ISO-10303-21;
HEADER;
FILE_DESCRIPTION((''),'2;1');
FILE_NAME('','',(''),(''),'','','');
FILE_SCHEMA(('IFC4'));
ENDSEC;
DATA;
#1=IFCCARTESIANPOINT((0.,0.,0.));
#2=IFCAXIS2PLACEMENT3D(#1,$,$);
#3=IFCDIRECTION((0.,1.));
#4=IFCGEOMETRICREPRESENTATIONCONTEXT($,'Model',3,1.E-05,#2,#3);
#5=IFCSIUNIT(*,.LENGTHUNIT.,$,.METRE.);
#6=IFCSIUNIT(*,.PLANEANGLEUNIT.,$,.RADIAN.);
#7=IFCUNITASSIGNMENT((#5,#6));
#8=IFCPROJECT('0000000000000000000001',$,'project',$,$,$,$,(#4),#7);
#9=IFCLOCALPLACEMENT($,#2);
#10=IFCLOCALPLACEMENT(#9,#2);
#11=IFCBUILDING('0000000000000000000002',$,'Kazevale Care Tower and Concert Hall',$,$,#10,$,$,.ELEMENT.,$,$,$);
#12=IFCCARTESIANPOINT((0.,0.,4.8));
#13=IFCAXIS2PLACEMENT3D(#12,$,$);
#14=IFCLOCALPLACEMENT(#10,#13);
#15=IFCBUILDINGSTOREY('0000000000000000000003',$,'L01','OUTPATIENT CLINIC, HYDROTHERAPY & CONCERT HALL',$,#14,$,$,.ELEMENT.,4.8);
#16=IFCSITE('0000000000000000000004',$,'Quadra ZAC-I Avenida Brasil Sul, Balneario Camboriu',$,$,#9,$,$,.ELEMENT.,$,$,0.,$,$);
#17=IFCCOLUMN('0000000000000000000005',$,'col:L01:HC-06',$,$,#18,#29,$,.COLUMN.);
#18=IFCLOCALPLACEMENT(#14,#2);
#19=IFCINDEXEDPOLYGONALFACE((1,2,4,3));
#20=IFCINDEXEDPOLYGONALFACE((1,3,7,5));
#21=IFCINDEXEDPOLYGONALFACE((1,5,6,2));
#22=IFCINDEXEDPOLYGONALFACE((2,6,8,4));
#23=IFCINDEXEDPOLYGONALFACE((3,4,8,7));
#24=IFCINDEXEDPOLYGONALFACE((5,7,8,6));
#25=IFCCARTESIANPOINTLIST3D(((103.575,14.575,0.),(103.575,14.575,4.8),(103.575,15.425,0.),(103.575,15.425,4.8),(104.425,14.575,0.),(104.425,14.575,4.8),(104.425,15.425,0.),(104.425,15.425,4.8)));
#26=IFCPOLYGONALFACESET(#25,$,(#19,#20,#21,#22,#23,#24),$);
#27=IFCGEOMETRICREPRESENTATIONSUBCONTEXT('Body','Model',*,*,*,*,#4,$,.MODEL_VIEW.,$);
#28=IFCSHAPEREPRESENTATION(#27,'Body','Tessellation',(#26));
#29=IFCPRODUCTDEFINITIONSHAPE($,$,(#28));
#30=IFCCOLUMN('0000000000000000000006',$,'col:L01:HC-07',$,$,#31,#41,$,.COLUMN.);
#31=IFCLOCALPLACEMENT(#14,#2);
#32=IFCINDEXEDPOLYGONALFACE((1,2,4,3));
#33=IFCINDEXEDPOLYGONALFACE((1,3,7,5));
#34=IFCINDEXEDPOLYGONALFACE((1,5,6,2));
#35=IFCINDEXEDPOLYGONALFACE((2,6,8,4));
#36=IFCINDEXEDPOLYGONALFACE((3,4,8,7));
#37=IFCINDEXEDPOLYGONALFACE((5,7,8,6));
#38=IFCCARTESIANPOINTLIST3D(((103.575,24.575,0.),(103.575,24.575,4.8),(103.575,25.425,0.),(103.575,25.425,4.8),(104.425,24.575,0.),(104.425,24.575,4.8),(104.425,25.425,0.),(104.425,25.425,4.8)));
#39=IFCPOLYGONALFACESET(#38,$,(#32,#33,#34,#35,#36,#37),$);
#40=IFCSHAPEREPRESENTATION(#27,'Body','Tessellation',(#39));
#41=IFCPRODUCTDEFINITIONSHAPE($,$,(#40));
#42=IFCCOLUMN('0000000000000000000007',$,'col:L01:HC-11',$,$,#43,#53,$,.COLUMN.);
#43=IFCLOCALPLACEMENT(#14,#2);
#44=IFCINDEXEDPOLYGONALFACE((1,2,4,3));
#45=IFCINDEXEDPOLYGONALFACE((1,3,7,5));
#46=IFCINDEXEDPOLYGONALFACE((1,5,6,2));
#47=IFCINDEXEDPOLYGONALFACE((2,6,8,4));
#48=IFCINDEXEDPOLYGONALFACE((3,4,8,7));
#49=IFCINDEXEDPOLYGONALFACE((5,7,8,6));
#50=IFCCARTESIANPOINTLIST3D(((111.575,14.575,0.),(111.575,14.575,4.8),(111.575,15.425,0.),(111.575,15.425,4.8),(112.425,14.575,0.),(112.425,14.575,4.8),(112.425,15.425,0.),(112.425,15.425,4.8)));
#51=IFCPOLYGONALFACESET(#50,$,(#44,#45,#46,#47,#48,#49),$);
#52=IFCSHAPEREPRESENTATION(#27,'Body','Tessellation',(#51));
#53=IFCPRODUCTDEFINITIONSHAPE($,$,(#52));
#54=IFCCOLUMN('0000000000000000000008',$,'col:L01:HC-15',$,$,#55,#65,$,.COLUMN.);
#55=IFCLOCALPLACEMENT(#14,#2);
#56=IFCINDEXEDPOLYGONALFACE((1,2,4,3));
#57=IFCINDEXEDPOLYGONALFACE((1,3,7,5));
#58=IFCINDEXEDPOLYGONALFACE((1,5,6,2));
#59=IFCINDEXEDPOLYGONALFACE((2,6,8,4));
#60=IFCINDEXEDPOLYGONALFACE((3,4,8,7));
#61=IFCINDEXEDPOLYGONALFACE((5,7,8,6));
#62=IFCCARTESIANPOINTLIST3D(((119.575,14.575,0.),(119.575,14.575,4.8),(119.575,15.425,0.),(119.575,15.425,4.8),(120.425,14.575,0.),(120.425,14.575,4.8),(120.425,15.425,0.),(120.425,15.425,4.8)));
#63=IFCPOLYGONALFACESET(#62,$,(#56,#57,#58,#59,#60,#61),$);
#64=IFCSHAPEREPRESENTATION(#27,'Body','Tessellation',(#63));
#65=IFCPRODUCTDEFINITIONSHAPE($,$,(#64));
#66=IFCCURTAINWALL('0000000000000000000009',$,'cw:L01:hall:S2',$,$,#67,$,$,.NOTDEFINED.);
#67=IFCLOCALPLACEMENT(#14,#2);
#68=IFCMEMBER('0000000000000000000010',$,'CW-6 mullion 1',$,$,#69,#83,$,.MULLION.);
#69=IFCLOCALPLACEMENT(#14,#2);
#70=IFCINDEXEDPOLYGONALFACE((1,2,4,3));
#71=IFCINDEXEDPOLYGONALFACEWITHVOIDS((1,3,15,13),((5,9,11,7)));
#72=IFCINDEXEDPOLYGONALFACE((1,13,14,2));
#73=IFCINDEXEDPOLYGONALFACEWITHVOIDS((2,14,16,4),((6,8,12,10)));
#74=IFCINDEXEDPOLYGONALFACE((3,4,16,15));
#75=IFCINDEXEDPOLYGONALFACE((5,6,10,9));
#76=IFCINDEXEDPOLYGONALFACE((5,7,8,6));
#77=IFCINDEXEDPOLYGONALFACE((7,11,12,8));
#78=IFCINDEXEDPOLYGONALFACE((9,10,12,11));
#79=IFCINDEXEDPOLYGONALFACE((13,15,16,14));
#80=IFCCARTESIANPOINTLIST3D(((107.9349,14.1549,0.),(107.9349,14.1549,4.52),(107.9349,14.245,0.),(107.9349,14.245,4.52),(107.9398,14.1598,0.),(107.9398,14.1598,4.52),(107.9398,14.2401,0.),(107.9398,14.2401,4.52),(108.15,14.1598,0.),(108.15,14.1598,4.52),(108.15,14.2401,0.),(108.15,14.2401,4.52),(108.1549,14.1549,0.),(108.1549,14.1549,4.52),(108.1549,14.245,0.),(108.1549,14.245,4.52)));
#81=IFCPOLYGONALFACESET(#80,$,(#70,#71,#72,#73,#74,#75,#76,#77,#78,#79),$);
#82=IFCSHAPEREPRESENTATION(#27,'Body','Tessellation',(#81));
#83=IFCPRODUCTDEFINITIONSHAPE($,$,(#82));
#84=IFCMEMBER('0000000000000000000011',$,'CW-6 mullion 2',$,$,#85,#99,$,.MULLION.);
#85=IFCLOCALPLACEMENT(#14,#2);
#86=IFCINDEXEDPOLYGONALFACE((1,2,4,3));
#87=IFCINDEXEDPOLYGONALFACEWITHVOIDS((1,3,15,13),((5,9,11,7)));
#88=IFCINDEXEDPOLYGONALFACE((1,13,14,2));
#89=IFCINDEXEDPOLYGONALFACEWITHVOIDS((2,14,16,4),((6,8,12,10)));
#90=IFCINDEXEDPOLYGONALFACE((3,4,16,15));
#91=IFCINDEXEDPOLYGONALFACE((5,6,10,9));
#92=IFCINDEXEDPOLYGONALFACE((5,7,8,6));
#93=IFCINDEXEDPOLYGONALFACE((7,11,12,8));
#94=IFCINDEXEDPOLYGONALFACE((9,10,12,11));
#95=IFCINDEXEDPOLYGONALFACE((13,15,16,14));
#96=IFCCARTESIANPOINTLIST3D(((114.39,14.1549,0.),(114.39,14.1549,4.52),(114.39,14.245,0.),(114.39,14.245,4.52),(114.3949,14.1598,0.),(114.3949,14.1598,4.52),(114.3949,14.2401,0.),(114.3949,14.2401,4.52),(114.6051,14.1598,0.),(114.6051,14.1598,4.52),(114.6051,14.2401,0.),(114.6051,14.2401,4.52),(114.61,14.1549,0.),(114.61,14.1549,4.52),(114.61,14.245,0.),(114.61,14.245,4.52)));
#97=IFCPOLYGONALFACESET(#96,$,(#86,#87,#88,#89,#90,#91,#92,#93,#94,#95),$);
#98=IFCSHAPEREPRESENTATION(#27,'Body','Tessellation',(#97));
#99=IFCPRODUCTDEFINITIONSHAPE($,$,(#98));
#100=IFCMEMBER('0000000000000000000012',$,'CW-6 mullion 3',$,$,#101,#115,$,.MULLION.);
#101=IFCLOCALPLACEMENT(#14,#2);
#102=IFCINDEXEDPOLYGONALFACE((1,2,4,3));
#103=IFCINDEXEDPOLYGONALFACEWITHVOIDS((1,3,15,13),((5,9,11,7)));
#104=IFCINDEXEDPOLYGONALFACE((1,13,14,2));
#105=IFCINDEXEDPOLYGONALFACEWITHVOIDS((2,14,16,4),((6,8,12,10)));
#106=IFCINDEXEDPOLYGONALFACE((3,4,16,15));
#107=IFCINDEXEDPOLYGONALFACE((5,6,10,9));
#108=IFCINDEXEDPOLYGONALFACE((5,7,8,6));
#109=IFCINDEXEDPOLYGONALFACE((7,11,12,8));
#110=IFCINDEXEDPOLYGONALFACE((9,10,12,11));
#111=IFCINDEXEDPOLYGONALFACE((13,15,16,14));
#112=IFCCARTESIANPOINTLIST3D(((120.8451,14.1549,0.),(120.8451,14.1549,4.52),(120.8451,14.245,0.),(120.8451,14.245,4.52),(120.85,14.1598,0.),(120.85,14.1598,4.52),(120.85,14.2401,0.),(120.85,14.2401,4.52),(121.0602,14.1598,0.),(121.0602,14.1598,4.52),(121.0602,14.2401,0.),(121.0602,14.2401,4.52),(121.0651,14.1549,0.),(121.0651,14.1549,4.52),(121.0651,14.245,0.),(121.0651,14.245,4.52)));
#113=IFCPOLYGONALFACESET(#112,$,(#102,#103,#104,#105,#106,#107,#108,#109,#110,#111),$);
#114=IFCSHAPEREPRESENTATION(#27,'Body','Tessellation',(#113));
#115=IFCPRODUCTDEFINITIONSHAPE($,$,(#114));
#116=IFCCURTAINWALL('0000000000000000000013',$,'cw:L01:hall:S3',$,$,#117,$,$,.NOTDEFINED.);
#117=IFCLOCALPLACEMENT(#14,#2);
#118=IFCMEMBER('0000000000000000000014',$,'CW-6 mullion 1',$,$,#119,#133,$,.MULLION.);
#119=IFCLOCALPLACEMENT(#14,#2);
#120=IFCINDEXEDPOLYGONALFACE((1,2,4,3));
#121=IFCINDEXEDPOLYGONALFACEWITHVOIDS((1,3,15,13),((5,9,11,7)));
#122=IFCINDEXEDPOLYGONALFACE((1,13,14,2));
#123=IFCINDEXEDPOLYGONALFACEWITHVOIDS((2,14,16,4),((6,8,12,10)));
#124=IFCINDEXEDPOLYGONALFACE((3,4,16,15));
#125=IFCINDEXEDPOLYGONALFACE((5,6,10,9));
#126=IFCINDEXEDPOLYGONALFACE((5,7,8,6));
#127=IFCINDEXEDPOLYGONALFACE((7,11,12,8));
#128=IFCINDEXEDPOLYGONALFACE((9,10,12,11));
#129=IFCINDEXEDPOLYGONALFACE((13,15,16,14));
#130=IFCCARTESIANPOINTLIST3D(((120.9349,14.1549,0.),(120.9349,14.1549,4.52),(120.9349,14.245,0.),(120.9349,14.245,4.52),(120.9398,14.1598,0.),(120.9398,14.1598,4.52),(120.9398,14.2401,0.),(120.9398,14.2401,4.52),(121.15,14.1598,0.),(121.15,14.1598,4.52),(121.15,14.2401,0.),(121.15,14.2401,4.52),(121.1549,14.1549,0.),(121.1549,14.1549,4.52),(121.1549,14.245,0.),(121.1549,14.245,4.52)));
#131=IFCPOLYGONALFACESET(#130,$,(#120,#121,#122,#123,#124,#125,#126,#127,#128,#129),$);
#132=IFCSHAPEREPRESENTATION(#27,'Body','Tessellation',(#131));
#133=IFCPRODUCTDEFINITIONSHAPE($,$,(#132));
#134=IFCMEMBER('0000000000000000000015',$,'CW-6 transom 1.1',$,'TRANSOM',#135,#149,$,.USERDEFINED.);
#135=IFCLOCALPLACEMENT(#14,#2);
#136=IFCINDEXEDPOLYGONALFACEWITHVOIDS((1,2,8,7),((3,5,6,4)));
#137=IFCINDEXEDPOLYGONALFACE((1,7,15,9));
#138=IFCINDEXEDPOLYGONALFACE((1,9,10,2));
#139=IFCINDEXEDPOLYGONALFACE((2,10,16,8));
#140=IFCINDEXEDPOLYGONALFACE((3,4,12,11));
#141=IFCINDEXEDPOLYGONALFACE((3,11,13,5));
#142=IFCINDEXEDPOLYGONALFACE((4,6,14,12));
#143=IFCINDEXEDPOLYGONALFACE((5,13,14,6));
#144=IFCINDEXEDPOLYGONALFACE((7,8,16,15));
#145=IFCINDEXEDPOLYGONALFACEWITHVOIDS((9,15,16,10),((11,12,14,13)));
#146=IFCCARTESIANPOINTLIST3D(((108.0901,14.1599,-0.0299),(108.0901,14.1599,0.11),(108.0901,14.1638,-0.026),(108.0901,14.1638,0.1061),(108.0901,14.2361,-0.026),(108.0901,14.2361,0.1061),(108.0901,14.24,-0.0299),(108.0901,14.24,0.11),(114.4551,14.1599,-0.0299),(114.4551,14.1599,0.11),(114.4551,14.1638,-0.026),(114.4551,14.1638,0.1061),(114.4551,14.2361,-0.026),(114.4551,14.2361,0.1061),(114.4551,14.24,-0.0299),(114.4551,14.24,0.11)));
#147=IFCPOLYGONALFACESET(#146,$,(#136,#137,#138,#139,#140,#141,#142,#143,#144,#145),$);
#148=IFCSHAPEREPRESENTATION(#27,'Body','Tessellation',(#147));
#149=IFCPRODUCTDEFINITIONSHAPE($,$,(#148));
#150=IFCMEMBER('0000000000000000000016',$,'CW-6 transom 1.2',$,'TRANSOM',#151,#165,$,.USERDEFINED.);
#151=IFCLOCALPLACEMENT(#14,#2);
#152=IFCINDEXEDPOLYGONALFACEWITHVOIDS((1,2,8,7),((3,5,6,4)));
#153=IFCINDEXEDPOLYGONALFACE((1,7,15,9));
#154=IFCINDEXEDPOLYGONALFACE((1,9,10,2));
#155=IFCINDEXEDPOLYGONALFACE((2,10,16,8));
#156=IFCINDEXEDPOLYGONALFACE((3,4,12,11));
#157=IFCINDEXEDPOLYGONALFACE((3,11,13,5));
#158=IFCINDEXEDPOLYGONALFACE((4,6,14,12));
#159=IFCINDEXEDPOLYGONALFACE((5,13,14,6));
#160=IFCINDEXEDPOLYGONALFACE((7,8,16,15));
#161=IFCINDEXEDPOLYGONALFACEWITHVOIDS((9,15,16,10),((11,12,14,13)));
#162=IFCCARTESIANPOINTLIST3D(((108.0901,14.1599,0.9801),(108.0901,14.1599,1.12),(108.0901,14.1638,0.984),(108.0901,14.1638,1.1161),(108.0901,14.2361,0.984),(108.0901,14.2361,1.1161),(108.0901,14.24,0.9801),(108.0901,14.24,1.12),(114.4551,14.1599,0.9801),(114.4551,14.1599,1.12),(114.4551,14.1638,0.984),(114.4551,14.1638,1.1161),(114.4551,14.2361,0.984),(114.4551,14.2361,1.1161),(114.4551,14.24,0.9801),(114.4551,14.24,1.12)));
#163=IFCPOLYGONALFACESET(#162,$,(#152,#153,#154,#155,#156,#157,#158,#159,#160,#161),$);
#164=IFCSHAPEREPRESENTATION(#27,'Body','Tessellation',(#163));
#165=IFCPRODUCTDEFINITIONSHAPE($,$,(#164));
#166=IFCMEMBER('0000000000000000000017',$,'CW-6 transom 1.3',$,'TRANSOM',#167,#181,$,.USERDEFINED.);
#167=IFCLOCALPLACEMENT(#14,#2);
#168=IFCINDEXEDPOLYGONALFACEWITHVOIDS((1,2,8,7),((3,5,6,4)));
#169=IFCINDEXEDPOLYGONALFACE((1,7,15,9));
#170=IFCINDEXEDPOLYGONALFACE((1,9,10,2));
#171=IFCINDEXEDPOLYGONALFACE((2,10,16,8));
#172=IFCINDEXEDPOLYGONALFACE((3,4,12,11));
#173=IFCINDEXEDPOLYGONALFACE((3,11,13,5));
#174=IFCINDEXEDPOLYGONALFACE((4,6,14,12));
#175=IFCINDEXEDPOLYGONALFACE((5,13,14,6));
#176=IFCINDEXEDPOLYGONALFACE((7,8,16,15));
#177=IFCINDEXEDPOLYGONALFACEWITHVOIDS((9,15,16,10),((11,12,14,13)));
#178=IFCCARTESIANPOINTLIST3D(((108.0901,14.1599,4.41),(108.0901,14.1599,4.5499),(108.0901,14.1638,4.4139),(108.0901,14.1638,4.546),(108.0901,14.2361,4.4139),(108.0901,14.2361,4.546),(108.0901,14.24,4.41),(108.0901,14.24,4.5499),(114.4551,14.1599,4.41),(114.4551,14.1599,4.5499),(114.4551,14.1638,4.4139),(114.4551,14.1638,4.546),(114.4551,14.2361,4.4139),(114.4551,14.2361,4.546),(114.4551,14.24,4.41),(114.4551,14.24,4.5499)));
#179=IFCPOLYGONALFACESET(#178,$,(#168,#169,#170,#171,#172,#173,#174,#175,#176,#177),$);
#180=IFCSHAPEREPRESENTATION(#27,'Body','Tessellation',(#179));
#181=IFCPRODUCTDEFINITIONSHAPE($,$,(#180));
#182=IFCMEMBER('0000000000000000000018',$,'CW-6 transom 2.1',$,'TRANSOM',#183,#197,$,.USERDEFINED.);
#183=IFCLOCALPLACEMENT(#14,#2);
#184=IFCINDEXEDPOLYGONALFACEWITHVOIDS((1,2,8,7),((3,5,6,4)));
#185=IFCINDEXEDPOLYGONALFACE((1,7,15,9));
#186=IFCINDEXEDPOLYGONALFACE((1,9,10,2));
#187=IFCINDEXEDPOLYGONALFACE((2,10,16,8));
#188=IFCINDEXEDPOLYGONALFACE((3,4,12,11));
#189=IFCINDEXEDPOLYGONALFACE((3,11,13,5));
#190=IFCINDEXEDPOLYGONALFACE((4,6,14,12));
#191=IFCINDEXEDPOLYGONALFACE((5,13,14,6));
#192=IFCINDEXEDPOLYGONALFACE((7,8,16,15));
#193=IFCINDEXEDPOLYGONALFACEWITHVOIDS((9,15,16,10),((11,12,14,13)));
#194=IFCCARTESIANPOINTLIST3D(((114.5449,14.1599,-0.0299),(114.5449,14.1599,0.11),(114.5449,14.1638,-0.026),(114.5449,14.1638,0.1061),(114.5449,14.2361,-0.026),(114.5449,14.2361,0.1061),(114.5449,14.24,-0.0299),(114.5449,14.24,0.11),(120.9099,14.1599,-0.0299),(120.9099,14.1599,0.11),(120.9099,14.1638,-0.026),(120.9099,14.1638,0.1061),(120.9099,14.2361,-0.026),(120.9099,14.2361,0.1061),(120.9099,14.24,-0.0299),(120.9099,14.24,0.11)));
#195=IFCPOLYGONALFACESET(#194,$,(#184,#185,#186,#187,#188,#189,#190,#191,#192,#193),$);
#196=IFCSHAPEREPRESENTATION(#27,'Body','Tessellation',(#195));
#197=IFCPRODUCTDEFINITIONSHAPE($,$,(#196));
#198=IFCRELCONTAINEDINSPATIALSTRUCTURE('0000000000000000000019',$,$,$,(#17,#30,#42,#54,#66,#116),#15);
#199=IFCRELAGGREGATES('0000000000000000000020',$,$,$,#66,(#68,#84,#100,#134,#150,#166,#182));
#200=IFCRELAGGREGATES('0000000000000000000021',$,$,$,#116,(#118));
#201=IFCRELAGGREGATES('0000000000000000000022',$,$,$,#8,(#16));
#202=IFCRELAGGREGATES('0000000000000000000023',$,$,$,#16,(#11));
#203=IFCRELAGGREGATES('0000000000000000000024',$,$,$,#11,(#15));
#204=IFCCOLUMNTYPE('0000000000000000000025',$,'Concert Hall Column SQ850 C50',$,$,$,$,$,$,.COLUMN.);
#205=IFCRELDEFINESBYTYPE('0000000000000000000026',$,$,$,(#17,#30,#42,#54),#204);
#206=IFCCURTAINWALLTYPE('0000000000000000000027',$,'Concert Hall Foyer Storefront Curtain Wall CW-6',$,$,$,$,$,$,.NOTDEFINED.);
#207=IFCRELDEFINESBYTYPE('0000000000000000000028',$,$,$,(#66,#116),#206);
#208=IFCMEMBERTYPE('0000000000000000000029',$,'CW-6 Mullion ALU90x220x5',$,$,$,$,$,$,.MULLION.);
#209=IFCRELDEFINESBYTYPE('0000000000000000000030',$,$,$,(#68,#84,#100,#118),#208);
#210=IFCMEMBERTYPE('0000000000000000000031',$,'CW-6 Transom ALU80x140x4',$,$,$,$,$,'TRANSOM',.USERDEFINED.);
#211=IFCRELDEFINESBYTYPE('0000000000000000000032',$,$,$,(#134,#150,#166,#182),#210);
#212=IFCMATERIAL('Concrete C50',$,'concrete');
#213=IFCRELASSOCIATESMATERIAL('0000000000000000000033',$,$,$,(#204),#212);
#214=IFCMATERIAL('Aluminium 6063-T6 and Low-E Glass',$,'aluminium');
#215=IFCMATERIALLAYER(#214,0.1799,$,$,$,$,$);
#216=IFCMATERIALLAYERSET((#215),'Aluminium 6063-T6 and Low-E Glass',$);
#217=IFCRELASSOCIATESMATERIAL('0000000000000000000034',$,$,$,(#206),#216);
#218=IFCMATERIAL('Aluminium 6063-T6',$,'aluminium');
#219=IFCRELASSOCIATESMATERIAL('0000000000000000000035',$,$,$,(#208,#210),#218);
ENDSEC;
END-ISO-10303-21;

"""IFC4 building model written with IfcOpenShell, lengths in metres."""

from ifc_helpers import new_model, si_unit, direction, frame, origin, origin_2d, place, context, subcontext, project, spatial, rectangle, hollow_rectangle, extrude, material, layer, layer_set, material_profile, profile_set, type_object, element, aggregate, save


model = new_model("IFC4")

# Units and contexts
model_context = context("Model", 3, precision=1e-05, world=origin(), true_north=direction((0.0, 1.0)))
body_context = subcontext(model_context, "Body", "Model", "MODEL_VIEW")
ifc_project = project(units=[si_unit("LENGTHUNIT", "METRE"), si_unit("PLANEANGLEUNIT", "RADIAN")], contexts=[model_context])

# Site, building, storey
site_placement = place(None, origin())
site = spatial("IfcSite", under=ifc_project, at=site_placement, Name="Quadra ZAC-I Avenida Brasil Sul, Balneario Camboriu", CompositionType="ELEMENT", RefElevation=0.0)
building_placement = place(site_placement, origin())
building = spatial("IfcBuilding", under=site, at=building_placement, Name="Kazevale Care Tower and Concert Hall", CompositionType="ELEMENT")
storey_placement = place(building_placement, frame((0.0, 0.0, 4.8)))
storey = spatial("IfcBuildingStorey", under=building, at=storey_placement, Name="L01", Description="OUTPATIENT CLINIC, HYDROTHERAPY & CONCERT HALL", CompositionType="ELEMENT", Elevation=4.8)

# Columns
ifc_material_1 = material(Name="Concrete C50", Category="concrete")
ifc_material_profile_1 = material_profile(ifc_material_1, rectangle(XDim=0.8501, YDim=0.8501, at=origin_2d()), Name="RC-SQ850")
ifc_profile_set_1 = profile_set([ifc_material_profile_1], Name="Concrete C50")
column_type = type_object("IfcColumnType", Name="Concert Hall Column SQ850 C50", PredefinedType="COLUMN", material=ifc_profile_set_1)
for number, where, z_axis, x_axis, name in (
    (1, (104.0, 15.0, 0.0), (0.0, 0.0, 1.0), (1.0, 0.0, 0.0), "col:L01:HC-06"),
    (2, (104.0, 25.0, 0.0), (0.0, 0.0, 1.0), (1.0, 0.0, 0.0), "col:L01:HC-07"),
    (3, (112.0, 15.0, 0.0), (0.0, 0.0, 1.0), (1.0, 0.0, 0.0), "col:L01:HC-11"),
    (4, (120.0, 15.0, 0.0), (0.0, 0.0, 1.0), (1.0, 0.0, 0.0), "col:L01:HC-15"),
):
    element("IfcColumn", number, at=place(storey_placement, frame(where, z_axis=z_axis, x_axis=x_axis)), inside=storey, type_object=column_type, Name=name, PredefinedType="COLUMN", context=body_context, shape_type="SweptSolid", body=[
        extrude(rectangle(XDim=0.8501, YDim=0.8501, at=origin_2d()), origin(), (0.0, 0.0, 1.0), 4.8),
    ])

# Curtain wall, members
ifc_material_2 = material(Name="Aluminium 6063-T6 and Low-E Glass", Category="aluminium")
ifc_layer_1 = layer(ifc_material_2, 0.1799)
ifc_layer_set_1 = layer_set([ifc_layer_1], Name="Aluminium 6063-T6 and Low-E Glass")
curtain_wall_type = type_object("IfcCurtainWallType", Name="Concert Hall Foyer Storefront Curtain Wall CW-6", PredefinedType="NOTDEFINED", material=ifc_layer_set_1)
curtain_wall_1_placement = place(storey_placement, origin())
curtain_wall_1 = element("IfcCurtainWall", 5, at=curtain_wall_1_placement, inside=storey, type_object=curtain_wall_type, Name="cw:L01:hall:S2", PredefinedType="NOTDEFINED")
ifc_material_3 = material(Name="Aluminium 6063-T6", Category="aluminium")
ifc_material_profile_2 = material_profile(ifc_material_3, hollow_rectangle(XDim=0.0901, YDim=0.22, WallThickness=0.0049, at=origin_2d()), Name="ALU90x220x5")
ifc_profile_set_2 = profile_set([ifc_material_profile_2], Name="Aluminium 6063-T6")
member_type_1 = type_object("IfcMemberType", Name="CW-6 Mullion ALU90x220x5", PredefinedType="MULLION", material=ifc_profile_set_2)
member_1_placement = place(storey_placement, frame((108.0449, 14.2, 0.0), z_axis=(0.0, 0.0, 1.0), x_axis=(0.0, 1.0, 0.0)))
member_1 = element("IfcMember", 6, at=member_1_placement, type_object=member_type_1, Name="CW-6 mullion 1", PredefinedType="MULLION", context=body_context, shape_type="SweptSolid", body=[
    extrude(hollow_rectangle(XDim=0.0901, YDim=0.22, WallThickness=0.0049, at=origin_2d()), origin(), (0.0, 0.0, 1.0), 4.52),
])
member_2_placement = place(storey_placement, frame((114.5, 14.2, 0.0), z_axis=(0.0, 0.0, 1.0), x_axis=(0.0, 1.0, 0.0)))
member_2 = element("IfcMember", 7, at=member_2_placement, type_object=member_type_1, Name="CW-6 mullion 2", PredefinedType="MULLION", context=body_context, shape_type="SweptSolid", body=[
    extrude(hollow_rectangle(XDim=0.0901, YDim=0.22, WallThickness=0.0049, at=origin_2d()), origin(), (0.0, 0.0, 1.0), 4.52),
])
member_3_placement = place(storey_placement, frame((120.9551, 14.2, 0.0), z_axis=(0.0, 0.0, 1.0), x_axis=(0.0, 1.0, 0.0)))
member_3 = element("IfcMember", 8, at=member_3_placement, type_object=member_type_1, Name="CW-6 mullion 3", PredefinedType="MULLION", context=body_context, shape_type="SweptSolid", body=[
    extrude(hollow_rectangle(XDim=0.0901, YDim=0.22, WallThickness=0.0049, at=origin_2d()), origin(), (0.0, 0.0, 1.0), 4.52),
])

# Curtain wall, member
curtain_wall_2_placement = place(storey_placement, origin())
curtain_wall_2 = element("IfcCurtainWall", 9, at=curtain_wall_2_placement, inside=storey, type_object=curtain_wall_type, Name="cw:L01:hall:S3", PredefinedType="NOTDEFINED")
member_4_placement = place(storey_placement, frame((121.0449, 14.2, 0.0), z_axis=(0.0, 0.0, 1.0), x_axis=(0.0, 1.0, 0.0)))
member_4 = element("IfcMember", 10, at=member_4_placement, type_object=member_type_1, Name="CW-6 mullion 1", PredefinedType="MULLION", context=body_context, shape_type="SweptSolid", body=[
    extrude(hollow_rectangle(XDim=0.0901, YDim=0.22, WallThickness=0.0049, at=origin_2d()), origin(), (0.0, 0.0, 1.0), 4.52),
])

# Members
ifc_material_profile_3 = material_profile(ifc_material_3, hollow_rectangle(XDim=0.0801, YDim=0.1399, WallThickness=0.0039, at=origin_2d()), Name="ALU80x140x4")
ifc_profile_set_3 = profile_set([ifc_material_profile_3], Name="Aluminium 6063-T6")
member_type_2 = type_object("IfcMemberType", Name="CW-6 Transom ALU80x140x4", ElementType="TRANSOM", PredefinedType="USERDEFINED", material=ifc_profile_set_3)
member_5_placement = place(storey_placement, frame((108.0901, 14.2, 0.04), z_axis=(1.0, 0.0, 0.0), x_axis=(0.0, 1.0, 0.0)))
member_5 = element("IfcMember", 11, at=member_5_placement, type_object=member_type_2, Name="CW-6 transom 1.1", ObjectType="TRANSOM", PredefinedType="USERDEFINED", context=body_context, shape_type="SweptSolid", body=[
    extrude(hollow_rectangle(XDim=0.0801, YDim=0.1399, WallThickness=0.0039, at=origin_2d()), origin(), (0.0, 0.0, 1.0), 6.365),
])
member_6_placement = place(storey_placement, frame((108.0901, 14.2, 1.05), z_axis=(1.0, 0.0, 0.0), x_axis=(0.0, 1.0, 0.0)))
member_6 = element("IfcMember", 12, at=member_6_placement, type_object=member_type_2, Name="CW-6 transom 1.2", ObjectType="TRANSOM", PredefinedType="USERDEFINED", context=body_context, shape_type="SweptSolid", body=[
    extrude(hollow_rectangle(XDim=0.0801, YDim=0.1399, WallThickness=0.0039, at=origin_2d()), origin(), (0.0, 0.0, 1.0), 6.365),
])
member_7_placement = place(storey_placement, frame((108.0901, 14.2, 4.48), z_axis=(1.0, 0.0, 0.0), x_axis=(0.0, 1.0, 0.0)))
member_7 = element("IfcMember", 13, at=member_7_placement, type_object=member_type_2, Name="CW-6 transom 1.3", ObjectType="TRANSOM", PredefinedType="USERDEFINED", context=body_context, shape_type="SweptSolid", body=[
    extrude(hollow_rectangle(XDim=0.0801, YDim=0.1399, WallThickness=0.0039, at=origin_2d()), origin(), (0.0, 0.0, 1.0), 6.365),
])
member_8_placement = place(storey_placement, frame((114.5449, 14.2, 0.04), z_axis=(1.0, 0.0, 0.0), x_axis=(0.0, 1.0, 0.0)))
member_8 = element("IfcMember", 14, at=member_8_placement, type_object=member_type_2, Name="CW-6 transom 2.1", ObjectType="TRANSOM", PredefinedType="USERDEFINED", context=body_context, shape_type="SweptSolid", body=[
    extrude(hollow_rectangle(XDim=0.0801, YDim=0.1399, WallThickness=0.0039, at=origin_2d()), origin(), (0.0, 0.0, 1.0), 6.365),
])

aggregate(curtain_wall_1, [member_1, member_2, member_3, member_5, member_6, member_7, member_8])
aggregate(curtain_wall_2, [member_4])

save(model, "model.ifc")
